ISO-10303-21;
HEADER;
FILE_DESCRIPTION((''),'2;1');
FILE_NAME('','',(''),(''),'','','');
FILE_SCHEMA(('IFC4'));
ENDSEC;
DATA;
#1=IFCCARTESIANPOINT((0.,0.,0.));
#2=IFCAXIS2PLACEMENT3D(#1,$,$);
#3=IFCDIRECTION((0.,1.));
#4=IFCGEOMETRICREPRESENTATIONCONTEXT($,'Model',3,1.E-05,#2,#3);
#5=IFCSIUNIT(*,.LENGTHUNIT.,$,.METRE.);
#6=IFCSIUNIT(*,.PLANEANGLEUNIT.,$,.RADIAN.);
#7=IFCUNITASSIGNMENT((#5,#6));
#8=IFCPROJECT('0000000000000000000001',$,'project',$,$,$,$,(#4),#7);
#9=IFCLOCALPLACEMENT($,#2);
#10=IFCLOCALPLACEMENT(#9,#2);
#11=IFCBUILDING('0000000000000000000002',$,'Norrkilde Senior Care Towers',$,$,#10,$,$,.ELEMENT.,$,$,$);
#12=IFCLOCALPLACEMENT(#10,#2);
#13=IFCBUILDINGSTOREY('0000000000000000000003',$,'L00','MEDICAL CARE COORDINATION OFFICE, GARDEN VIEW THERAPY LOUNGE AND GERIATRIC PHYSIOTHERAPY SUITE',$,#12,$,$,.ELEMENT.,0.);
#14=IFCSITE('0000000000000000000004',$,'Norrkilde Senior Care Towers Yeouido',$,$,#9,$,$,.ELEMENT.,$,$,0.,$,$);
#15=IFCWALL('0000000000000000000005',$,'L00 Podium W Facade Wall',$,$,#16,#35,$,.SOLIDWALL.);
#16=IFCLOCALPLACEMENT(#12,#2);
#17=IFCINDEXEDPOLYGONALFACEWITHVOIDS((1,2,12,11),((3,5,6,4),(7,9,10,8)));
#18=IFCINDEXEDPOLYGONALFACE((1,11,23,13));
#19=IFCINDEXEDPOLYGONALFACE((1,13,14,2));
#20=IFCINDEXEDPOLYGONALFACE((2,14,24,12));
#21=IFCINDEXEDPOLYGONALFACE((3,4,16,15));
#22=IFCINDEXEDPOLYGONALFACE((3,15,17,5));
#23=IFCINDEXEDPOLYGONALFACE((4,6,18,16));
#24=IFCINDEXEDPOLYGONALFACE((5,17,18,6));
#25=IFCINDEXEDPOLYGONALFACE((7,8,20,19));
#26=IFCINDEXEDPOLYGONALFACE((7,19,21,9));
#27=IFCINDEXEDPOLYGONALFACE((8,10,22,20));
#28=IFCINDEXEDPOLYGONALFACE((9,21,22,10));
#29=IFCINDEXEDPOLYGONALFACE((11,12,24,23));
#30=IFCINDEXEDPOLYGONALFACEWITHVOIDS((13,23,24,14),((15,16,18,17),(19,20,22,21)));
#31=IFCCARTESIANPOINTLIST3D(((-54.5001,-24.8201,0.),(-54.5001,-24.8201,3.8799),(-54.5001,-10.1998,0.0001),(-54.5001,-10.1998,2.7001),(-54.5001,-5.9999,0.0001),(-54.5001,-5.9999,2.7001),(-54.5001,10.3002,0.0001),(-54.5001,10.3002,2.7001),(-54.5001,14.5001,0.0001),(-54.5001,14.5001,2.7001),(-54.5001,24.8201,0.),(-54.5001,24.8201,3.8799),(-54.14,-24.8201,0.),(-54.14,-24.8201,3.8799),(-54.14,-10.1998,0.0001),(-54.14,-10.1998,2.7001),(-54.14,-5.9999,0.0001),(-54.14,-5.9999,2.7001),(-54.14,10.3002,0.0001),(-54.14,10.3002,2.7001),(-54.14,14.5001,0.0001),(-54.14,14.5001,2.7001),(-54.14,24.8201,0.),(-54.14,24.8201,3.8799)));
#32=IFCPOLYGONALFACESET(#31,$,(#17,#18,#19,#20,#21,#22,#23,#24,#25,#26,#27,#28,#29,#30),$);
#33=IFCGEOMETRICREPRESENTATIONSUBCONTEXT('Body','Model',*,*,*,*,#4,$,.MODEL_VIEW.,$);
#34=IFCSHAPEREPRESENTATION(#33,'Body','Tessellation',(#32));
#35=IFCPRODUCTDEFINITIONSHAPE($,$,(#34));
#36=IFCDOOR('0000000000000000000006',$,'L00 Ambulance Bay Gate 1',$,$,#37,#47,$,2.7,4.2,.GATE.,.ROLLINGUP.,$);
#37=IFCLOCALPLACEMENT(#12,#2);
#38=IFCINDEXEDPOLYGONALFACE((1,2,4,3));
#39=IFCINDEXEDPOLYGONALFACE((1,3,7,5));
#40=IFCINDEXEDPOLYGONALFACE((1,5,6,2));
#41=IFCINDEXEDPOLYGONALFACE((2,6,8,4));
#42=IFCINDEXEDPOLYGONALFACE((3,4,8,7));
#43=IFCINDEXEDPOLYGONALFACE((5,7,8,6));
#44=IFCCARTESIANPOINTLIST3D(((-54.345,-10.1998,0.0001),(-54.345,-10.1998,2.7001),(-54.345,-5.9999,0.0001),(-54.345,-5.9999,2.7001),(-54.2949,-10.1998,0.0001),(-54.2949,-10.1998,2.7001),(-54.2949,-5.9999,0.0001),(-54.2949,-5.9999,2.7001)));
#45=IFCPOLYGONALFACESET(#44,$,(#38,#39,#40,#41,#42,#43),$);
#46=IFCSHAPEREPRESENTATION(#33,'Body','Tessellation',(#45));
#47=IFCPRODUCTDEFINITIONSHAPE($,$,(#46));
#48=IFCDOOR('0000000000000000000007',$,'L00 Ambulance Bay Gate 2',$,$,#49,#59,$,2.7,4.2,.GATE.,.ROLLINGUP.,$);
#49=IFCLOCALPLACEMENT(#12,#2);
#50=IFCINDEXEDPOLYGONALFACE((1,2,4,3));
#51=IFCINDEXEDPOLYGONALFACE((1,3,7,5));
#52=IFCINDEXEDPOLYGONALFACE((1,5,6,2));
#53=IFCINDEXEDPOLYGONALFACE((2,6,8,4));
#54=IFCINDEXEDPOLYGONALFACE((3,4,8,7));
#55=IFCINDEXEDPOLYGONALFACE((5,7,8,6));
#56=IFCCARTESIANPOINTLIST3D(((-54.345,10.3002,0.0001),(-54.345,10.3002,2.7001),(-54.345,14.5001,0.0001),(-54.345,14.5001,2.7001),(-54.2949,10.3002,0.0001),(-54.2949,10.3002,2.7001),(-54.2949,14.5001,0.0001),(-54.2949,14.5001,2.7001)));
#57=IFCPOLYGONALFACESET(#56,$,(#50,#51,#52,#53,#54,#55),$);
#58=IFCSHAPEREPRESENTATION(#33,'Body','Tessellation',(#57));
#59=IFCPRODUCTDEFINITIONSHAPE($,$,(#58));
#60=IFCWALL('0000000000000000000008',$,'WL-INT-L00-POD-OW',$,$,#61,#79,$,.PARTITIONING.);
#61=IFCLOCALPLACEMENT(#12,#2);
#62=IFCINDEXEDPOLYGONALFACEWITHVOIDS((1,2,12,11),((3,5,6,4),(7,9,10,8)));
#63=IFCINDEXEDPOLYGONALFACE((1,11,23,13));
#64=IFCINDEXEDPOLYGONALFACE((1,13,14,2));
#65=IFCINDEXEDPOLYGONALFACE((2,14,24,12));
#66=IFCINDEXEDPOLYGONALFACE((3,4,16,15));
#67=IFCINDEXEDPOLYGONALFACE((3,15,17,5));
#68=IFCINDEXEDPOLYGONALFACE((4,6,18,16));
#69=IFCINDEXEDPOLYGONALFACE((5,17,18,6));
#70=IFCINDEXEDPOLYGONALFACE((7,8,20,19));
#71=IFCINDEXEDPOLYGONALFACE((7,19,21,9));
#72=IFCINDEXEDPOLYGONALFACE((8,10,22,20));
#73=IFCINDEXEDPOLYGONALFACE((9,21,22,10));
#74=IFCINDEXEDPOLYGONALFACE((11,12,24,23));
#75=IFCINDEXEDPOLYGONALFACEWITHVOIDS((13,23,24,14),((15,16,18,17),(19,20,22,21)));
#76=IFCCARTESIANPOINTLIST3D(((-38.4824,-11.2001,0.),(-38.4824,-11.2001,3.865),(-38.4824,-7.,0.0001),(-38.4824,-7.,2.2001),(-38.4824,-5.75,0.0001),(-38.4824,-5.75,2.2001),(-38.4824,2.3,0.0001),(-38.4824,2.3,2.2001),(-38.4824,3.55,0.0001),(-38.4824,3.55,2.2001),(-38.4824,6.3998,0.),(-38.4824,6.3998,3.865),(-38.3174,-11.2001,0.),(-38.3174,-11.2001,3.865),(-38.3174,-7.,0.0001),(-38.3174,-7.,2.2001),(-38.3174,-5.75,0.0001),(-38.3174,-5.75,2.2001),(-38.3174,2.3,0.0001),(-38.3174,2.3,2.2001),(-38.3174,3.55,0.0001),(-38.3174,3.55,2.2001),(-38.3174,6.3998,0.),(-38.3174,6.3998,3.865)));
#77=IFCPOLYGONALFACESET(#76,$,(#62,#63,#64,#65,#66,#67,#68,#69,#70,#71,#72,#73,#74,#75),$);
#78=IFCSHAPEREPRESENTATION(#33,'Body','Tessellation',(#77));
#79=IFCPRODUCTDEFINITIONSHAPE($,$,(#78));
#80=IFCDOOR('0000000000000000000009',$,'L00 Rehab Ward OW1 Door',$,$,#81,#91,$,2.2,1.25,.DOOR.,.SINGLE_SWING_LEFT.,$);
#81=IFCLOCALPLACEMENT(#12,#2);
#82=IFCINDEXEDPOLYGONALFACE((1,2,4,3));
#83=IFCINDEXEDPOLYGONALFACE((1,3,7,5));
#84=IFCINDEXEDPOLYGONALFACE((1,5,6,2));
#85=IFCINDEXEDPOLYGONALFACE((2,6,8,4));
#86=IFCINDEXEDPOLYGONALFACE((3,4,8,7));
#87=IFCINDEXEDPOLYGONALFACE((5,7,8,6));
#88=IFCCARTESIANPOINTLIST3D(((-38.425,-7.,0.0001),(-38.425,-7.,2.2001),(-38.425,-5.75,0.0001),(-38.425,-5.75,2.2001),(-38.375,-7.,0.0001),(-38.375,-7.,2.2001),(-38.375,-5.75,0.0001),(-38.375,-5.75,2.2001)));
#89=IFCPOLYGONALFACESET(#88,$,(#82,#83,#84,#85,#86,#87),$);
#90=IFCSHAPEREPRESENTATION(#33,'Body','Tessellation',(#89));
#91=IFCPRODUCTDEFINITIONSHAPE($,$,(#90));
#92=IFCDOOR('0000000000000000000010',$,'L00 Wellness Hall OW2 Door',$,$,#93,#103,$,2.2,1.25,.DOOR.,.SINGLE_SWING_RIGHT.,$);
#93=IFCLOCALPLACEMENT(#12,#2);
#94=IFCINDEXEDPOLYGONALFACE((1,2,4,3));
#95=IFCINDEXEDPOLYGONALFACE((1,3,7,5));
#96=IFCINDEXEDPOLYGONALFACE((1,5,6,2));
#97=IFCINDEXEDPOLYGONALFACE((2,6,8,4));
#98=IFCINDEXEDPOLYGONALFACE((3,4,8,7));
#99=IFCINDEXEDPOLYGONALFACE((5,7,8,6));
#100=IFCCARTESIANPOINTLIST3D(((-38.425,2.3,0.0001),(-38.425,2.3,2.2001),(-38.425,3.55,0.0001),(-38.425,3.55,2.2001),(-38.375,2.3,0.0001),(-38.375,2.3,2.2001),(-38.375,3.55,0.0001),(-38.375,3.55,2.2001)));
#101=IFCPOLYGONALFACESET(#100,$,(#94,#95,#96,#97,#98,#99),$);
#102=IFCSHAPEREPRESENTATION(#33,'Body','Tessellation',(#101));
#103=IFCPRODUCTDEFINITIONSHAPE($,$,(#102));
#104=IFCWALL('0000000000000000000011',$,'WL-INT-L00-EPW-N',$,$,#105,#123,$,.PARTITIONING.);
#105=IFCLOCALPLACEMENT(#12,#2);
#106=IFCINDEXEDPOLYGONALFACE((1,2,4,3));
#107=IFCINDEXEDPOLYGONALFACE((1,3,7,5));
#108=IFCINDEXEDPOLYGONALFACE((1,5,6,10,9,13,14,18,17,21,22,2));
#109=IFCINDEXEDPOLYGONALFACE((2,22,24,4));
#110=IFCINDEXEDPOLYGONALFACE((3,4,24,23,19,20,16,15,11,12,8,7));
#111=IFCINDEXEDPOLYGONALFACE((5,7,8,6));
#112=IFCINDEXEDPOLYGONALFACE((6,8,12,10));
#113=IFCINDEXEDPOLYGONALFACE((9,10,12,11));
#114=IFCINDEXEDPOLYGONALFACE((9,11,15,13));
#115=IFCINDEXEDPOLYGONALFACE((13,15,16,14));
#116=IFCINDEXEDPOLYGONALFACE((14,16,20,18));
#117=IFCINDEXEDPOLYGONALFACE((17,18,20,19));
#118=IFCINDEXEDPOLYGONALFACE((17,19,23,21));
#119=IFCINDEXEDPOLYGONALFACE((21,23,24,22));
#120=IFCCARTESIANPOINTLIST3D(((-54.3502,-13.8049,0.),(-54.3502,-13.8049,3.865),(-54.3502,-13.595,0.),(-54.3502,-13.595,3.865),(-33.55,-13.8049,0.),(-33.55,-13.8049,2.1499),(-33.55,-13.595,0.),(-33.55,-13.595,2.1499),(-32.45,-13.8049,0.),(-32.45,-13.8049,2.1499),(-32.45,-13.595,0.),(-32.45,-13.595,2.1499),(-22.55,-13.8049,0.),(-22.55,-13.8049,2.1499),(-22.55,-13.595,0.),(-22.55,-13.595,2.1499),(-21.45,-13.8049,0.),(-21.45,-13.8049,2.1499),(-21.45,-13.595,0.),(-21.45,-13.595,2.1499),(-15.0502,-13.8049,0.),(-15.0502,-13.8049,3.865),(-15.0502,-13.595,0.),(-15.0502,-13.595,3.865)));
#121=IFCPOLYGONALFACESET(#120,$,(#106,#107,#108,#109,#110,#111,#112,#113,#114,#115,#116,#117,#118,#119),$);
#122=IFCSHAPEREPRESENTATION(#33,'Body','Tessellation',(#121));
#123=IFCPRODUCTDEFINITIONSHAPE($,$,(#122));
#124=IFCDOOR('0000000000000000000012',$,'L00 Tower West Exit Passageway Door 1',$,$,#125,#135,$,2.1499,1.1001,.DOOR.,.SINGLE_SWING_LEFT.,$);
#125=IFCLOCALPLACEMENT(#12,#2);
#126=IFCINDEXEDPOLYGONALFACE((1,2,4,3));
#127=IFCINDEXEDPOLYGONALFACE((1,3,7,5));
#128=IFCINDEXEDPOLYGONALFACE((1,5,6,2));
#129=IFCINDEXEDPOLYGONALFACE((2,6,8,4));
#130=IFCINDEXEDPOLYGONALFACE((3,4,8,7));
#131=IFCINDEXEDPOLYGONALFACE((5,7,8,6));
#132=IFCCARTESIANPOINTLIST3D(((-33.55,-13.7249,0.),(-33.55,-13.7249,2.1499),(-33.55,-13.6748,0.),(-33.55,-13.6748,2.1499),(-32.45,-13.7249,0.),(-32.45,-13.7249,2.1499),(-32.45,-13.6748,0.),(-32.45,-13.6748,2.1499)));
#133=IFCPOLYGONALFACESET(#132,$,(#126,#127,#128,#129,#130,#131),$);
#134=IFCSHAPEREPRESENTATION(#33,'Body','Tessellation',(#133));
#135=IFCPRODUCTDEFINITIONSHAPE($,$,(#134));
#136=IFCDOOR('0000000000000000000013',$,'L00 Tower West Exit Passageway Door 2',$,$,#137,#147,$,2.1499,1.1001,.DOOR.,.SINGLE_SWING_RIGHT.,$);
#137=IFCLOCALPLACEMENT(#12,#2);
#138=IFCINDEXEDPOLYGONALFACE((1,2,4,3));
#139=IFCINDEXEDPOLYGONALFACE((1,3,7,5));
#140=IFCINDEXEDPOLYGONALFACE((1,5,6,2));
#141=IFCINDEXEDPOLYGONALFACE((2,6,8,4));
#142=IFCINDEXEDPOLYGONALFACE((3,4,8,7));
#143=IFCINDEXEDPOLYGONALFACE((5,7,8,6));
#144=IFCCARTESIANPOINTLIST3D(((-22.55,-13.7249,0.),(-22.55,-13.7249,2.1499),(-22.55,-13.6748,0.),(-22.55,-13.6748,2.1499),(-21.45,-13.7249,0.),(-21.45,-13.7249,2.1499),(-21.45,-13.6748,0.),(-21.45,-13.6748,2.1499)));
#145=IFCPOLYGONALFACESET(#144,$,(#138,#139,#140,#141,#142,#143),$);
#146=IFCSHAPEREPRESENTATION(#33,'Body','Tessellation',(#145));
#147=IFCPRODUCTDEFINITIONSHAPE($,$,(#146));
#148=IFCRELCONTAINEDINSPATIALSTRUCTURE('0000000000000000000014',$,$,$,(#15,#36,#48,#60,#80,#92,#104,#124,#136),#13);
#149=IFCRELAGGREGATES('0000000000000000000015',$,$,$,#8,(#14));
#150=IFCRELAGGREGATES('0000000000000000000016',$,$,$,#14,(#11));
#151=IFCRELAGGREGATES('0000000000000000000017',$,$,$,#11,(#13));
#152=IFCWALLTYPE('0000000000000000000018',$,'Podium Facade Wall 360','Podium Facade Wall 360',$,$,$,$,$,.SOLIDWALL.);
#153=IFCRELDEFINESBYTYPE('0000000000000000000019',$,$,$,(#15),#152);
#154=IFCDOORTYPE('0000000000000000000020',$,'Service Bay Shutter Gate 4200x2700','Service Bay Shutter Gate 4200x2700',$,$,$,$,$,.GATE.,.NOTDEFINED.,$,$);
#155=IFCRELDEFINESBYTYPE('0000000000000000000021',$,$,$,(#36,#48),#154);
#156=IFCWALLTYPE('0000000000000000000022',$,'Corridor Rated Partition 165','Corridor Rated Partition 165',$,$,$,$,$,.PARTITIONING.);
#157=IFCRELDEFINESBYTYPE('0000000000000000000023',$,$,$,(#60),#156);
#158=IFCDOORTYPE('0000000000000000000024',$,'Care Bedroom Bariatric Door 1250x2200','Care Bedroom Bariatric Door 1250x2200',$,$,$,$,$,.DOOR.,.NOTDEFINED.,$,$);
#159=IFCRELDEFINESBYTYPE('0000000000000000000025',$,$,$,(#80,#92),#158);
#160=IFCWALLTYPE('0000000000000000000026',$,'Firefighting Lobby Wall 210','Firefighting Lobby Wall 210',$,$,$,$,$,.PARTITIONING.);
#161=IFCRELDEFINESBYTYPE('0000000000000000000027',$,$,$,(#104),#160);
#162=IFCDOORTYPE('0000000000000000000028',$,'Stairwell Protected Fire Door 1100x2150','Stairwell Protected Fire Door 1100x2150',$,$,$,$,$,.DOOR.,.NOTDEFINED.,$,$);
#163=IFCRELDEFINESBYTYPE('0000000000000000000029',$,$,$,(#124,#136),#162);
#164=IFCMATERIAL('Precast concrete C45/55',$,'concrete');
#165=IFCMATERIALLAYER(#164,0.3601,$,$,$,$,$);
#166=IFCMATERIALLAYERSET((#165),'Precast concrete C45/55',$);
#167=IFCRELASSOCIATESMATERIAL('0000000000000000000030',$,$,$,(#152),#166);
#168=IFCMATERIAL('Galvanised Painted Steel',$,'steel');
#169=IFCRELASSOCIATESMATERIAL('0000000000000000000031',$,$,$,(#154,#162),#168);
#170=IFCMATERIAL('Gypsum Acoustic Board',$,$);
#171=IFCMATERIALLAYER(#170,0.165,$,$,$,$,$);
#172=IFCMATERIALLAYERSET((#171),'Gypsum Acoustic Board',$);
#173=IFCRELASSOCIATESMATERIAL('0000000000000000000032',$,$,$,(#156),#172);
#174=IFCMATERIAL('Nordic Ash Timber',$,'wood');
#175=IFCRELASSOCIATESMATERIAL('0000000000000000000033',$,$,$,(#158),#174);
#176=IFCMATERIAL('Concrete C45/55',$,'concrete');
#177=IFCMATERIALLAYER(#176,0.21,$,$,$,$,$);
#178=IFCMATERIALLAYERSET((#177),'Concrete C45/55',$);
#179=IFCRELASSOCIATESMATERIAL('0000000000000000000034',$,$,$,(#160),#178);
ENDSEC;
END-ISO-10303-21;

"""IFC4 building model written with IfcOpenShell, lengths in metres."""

from ifc_helpers import new_model, si_unit, direction, frame, frame_2d, origin, place, context, subcontext, project, spatial, rectangle, extrude, source, transform, mapped, material, layer, layer_set, type_object, type_shapes, element, fill, save


model = new_model("IFC4")

# Units and contexts
model_context = context("Model", 3, precision=1e-05, world=origin(), true_north=direction((0.0, 1.0)))
body_context = subcontext(model_context, "Body", "Model", "MODEL_VIEW")
ifc_project = project(units=[si_unit("LENGTHUNIT", "METRE"), si_unit("PLANEANGLEUNIT", "RADIAN")], contexts=[model_context])

# Site, building, storey
site_placement = place(None, origin())
site = spatial("IfcSite", under=ifc_project, at=site_placement, Name="Norrkilde Senior Care Towers Yeouido", CompositionType="ELEMENT", RefElevation=0.0)
building_placement = place(site_placement, origin())
building = spatial("IfcBuilding", under=site, at=building_placement, Name="Norrkilde Senior Care Towers", CompositionType="ELEMENT")
storey_placement = place(building_placement, origin())
storey = spatial("IfcBuildingStorey", under=building, at=storey_placement, Name="L00", Description="MEDICAL CARE COORDINATION OFFICE, GARDEN VIEW THERAPY LOUNGE AND GERIATRIC PHYSIOTHERAPY SUITE", CompositionType="ELEMENT", Elevation=0.0)

# Walls, openings, doors
ifc_material_1 = material(Name="Precast concrete C45/55", Category="concrete")
ifc_layer_1 = layer(ifc_material_1, 0.3601)
ifc_layer_set_1 = layer_set([ifc_layer_1], Name="Precast concrete C45/55")
wall_type_1 = type_object("IfcWallType", Name="Podium Facade Wall 360", Description="Podium Facade Wall 360", PredefinedType="SOLIDWALL", material=ifc_layer_set_1)
shared_shape_1 = source(origin(), body_context, "Body", "SweptSolid", [
    extrude(rectangle(XDim=49.6401, YDim=0.3601, at=frame_2d((24.8201, 0.0))), origin(), (0.0, 0.0, 1.0), 3.8799),
])
type_shapes(wall_type_1, [shared_shape_1])
wall_1_placement = place(storey_placement, frame((-54.3201, -24.8201, 0.0), z_axis=(0.0, 0.0, 1.0), x_axis=(0.0, 1.0, 0.0)))
wall_1 = element("IfcWall", 1, at=wall_1_placement, inside=storey, type_object=wall_type_1, Name="L00 Podium W Facade Wall", PredefinedType="SOLIDWALL", context=body_context, shape_type="MappedRepresentation", body=[
    mapped(shared_shape_1, transform((0.0, 0.0, 0.0), x_axis=(1.0, 0.0, 0.0), y_axis=(0.0, 1.0, 0.0), z_axis=(0.0, 0.0, 1.0), scale=1.0)),
])
opening_1_placement = place(wall_1_placement, frame((14.6201, 0.0, 0.0)))
opening_1 = element("IfcOpeningElement", 2, at=opening_1_placement, cuts=wall_1, PredefinedType="OPENING", context=body_context, shape_type="SweptSolid", body=[
    extrude(rectangle(XDim=4.2, YDim=2.7, at=frame_2d((2.1001, 1.3501))), frame((0.0, 0.1899, 0.0), z_axis=(0.0, -1.0, 0.0), x_axis=(1.0, 0.0, 0.0)), (0.0, 0.0, 1.0), 0.3801),
])
opening_2_placement = place(wall_1_placement, frame((35.1201, 0.0, 0.0)))
opening_2 = element("IfcOpeningElement", 3, at=opening_2_placement, cuts=wall_1, PredefinedType="OPENING", context=body_context, shape_type="SweptSolid", body=[
    extrude(rectangle(XDim=4.2, YDim=2.7, at=frame_2d((2.1001, 1.3501))), frame((0.0, 0.1899, 0.0), z_axis=(0.0, -1.0, 0.0), x_axis=(1.0, 0.0, 0.0)), (0.0, 0.0, 1.0), 0.3801),
])
ifc_material_2 = material(Name="Galvanised Painted Steel", Category="steel")
door_type_1 = type_object("IfcDoorType", Name="Service Bay Shutter Gate 4200x2700", Description="Service Bay Shutter Gate 4200x2700", OperationType="NOTDEFINED", PredefinedType="GATE", material=ifc_material_2)
shared_shape_2 = source(origin(), body_context, "Body", "SweptSolid", [
    extrude(rectangle(XDim=4.2, YDim=2.7, at=frame_2d((2.1001, 1.3501))), frame((0.0, 0.0249, 0.0), z_axis=(0.0, -1.0, 0.0), x_axis=(1.0, 0.0, 0.0)), (0.0, 0.0, 1.0), 0.05),
])
type_shapes(door_type_1, [shared_shape_2])
door_1_placement = place(opening_1_placement, origin())
door_1 = element("IfcDoor", 4, at=door_1_placement, inside=storey, type_object=door_type_1, Name="L00 Ambulance Bay Gate 1", OperationType="ROLLINGUP", OverallHeight=2.7, OverallWidth=4.2, PredefinedType="GATE", context=body_context, shape_type="MappedRepresentation", body=[
    mapped(shared_shape_2, transform((0.0, 0.0, 0.0), x_axis=(1.0, 0.0, 0.0), y_axis=(0.0, 1.0, 0.0), z_axis=(0.0, 0.0, 1.0), scale=1.0)),
])
fill(opening_1, door_1)
door_2_placement = place(opening_2_placement, origin())
door_2 = element("IfcDoor", 5, at=door_2_placement, inside=storey, type_object=door_type_1, Name="L00 Ambulance Bay Gate 2", OperationType="ROLLINGUP", OverallHeight=2.7, OverallWidth=4.2, PredefinedType="GATE", context=body_context, shape_type="MappedRepresentation", body=[
    mapped(shared_shape_2, transform((0.0, 0.0, 0.0), x_axis=(1.0, 0.0, 0.0), y_axis=(0.0, 1.0, 0.0), z_axis=(0.0, 0.0, 1.0), scale=1.0)),
])
fill(opening_2, door_2)
ifc_material_3 = material(Name="Gypsum Acoustic Board")
ifc_layer_2 = layer(ifc_material_3, 0.165)
ifc_layer_set_2 = layer_set([ifc_layer_2], Name="Gypsum Acoustic Board")
wall_type_2 = type_object("IfcWallType", Name="Corridor Rated Partition 165", Description="Corridor Rated Partition 165", PredefinedType="PARTITIONING", material=ifc_layer_set_2)
shared_shape_3 = source(origin(), body_context, "Body", "SweptSolid", [
    extrude(rectangle(XDim=17.5999, YDim=0.165, at=frame_2d((8.7998, 0.0))), origin(), (0.0, 0.0, 1.0), 3.865),
])
type_shapes(wall_type_2, [shared_shape_3])
wall_2_placement = place(storey_placement, frame((-38.3999, -11.2, 0.0), z_axis=(0.0, 0.0, 1.0), x_axis=(0.0, 1.0, 0.0)))
wall_2 = element("IfcWall", 6, at=wall_2_placement, inside=storey, type_object=wall_type_2, Name="WL-INT-L00-POD-OW", PredefinedType="PARTITIONING", context=body_context, shape_type="MappedRepresentation", body=[
    mapped(shared_shape_3, transform((0.0, 0.0, 0.0), x_axis=(1.0, 0.0, 0.0), y_axis=(0.0, 1.0, 0.0), z_axis=(0.0, 0.0, 1.0), scale=1.0)),
])
opening_3_placement = place(wall_2_placement, frame((4.2, 0.0, 0.0)))
opening_3 = element("IfcOpeningElement", 7, at=opening_3_placement, cuts=wall_2, PredefinedType="OPENING", context=body_context, shape_type="SweptSolid", body=[
    extrude(rectangle(XDim=1.25, YDim=2.2, at=frame_2d((0.625, 1.1001))), frame((0.0, 0.0925, 0.0), z_axis=(0.0, -1.0, 0.0), x_axis=(1.0, 0.0, 0.0)), (0.0, 0.0, 1.0), 0.1851),
])
opening_4_placement = place(wall_2_placement, frame((13.5, 0.0, 0.0)))
opening_4 = element("IfcOpeningElement", 8, at=opening_4_placement, cuts=wall_2, PredefinedType="OPENING", context=body_context, shape_type="SweptSolid", body=[
    extrude(rectangle(XDim=1.25, YDim=2.2, at=frame_2d((0.625, 1.1001))), frame((0.0, 0.0925, 0.0), z_axis=(0.0, -1.0, 0.0), x_axis=(1.0, 0.0, 0.0)), (0.0, 0.0, 1.0), 0.1851),
])
ifc_material_4 = material(Name="Nordic Ash Timber", Category="wood")
door_type_2 = type_object("IfcDoorType", Name="Care Bedroom Bariatric Door 1250x2200", Description="Care Bedroom Bariatric Door 1250x2200", OperationType="NOTDEFINED", PredefinedType="DOOR", material=ifc_material_4)
shared_shape_4 = source(origin(), body_context, "Body", "SweptSolid", [
    extrude(rectangle(XDim=1.25, YDim=2.2, at=frame_2d((0.625, 1.1001))), frame((0.0, 0.0249, 0.0), z_axis=(0.0, -1.0, 0.0), x_axis=(1.0, 0.0, 0.0)), (0.0, 0.0, 1.0), 0.05),
])
type_shapes(door_type_2, [shared_shape_4])
door_3_placement = place(opening_3_placement, frame((1.25, 0.0, 0.0), z_axis=(0.0, 0.0, 1.0), x_axis=(-1.0, 0.0, 0.0)))
door_3 = element("IfcDoor", 9, at=door_3_placement, inside=storey, type_object=door_type_2, Name="L00 Rehab Ward OW1 Door", OperationType="SINGLE_SWING_LEFT", OverallHeight=2.2, OverallWidth=1.25, PredefinedType="DOOR", context=body_context, shape_type="MappedRepresentation", body=[
    mapped(shared_shape_4, transform((0.0, 0.0, 0.0), x_axis=(1.0, 0.0, 0.0), y_axis=(0.0, 1.0, 0.0), z_axis=(0.0, 0.0, 1.0), scale=1.0)),
])
fill(opening_3, door_3)
door_4_placement = place(opening_4_placement, frame((1.25, 0.0, 0.0), z_axis=(0.0, 0.0, 1.0), x_axis=(-1.0, 0.0, 0.0)))
door_4 = element("IfcDoor", 10, at=door_4_placement, inside=storey, type_object=door_type_2, Name="L00 Wellness Hall OW2 Door", OperationType="SINGLE_SWING_RIGHT", OverallHeight=2.2, OverallWidth=1.25, PredefinedType="DOOR", context=body_context, shape_type="MappedRepresentation", body=[
    mapped(shared_shape_4, transform((0.0, 0.0, 0.0), x_axis=(1.0, 0.0, 0.0), y_axis=(0.0, 1.0, 0.0), z_axis=(0.0, 0.0, 1.0), scale=1.0)),
])
fill(opening_4, door_4)
ifc_material_5 = material(Name="Concrete C45/55", Category="concrete")
ifc_layer_3 = layer(ifc_material_5, 0.21)
ifc_layer_set_3 = layer_set([ifc_layer_3], Name="Concrete C45/55")
wall_type_3 = type_object("IfcWallType", Name="Firefighting Lobby Wall 210", Description="Firefighting Lobby Wall 210", PredefinedType="PARTITIONING", material=ifc_layer_set_3)
shared_shape_5 = source(origin(), body_context, "Body", "SweptSolid", [
    extrude(rectangle(XDim=39.3, YDim=0.21, at=frame_2d((19.6499, 0.0))), origin(), (0.0, 0.0, 1.0), 3.865),
])
type_shapes(wall_type_3, [shared_shape_5])
wall_3_placement = place(storey_placement, frame((-54.3501, -13.7, 0.0), z_axis=(0.0, 0.0, 1.0), x_axis=(1.0, 0.0, 0.0)))
wall_3 = element("IfcWall", 11, at=wall_3_placement, inside=storey, type_object=wall_type_3, Name="WL-INT-L00-EPW-N", PredefinedType="PARTITIONING", context=body_context, shape_type="MappedRepresentation", body=[
    mapped(shared_shape_5, transform((0.0, 0.0, 0.0), x_axis=(1.0, 0.0, 0.0), y_axis=(0.0, 1.0, 0.0), z_axis=(0.0, 0.0, 1.0), scale=1.0)),
])
opening_5_placement = place(wall_3_placement, frame((20.8, 0.0, 0.0)))
opening_5 = element("IfcOpeningElement", 12, at=opening_5_placement, cuts=wall_3, PredefinedType="OPENING", context=body_context, shape_type="SweptSolid", body=[
    extrude(rectangle(XDim=1.1001, YDim=2.1499, at=frame_2d((0.55, 1.075))), frame((0.0, 0.115, 0.0), z_axis=(0.0, -1.0, 0.0), x_axis=(1.0, 0.0, 0.0)), (0.0, 0.0, 1.0), 0.23),
])
opening_6_placement = place(wall_3_placement, frame((31.8, 0.0, 0.0)))
opening_6 = element("IfcOpeningElement", 13, at=opening_6_placement, cuts=wall_3, PredefinedType="OPENING", context=body_context, shape_type="SweptSolid", body=[
    extrude(rectangle(XDim=1.1001, YDim=2.1499, at=frame_2d((0.55, 1.075))), frame((0.0, 0.115, 0.0), z_axis=(0.0, -1.0, 0.0), x_axis=(1.0, 0.0, 0.0)), (0.0, 0.0, 1.0), 0.23),
])
door_type_3 = type_object("IfcDoorType", Name="Stairwell Protected Fire Door 1100x2150", Description="Stairwell Protected Fire Door 1100x2150", OperationType="NOTDEFINED", PredefinedType="DOOR", material=ifc_material_2)
shared_shape_6 = source(origin(), body_context, "Body", "SweptSolid", [
    extrude(rectangle(XDim=1.1001, YDim=2.1499, at=frame_2d((0.55, 1.075))), frame((0.0, 0.0249, 0.0), z_axis=(0.0, -1.0, 0.0), x_axis=(1.0, 0.0, 0.0)), (0.0, 0.0, 1.0), 0.05),
])
type_shapes(door_type_3, [shared_shape_6])
door_5_placement = place(opening_5_placement, frame((1.1001, 0.0, 0.0), z_axis=(0.0, 0.0, 1.0), x_axis=(-1.0, 0.0, 0.0)))
door_5 = element("IfcDoor", 14, at=door_5_placement, inside=storey, type_object=door_type_3, Name="L00 Tower West Exit Passageway Door 1", OperationType="SINGLE_SWING_LEFT", OverallHeight=2.1499, OverallWidth=1.1001, PredefinedType="DOOR", context=body_context, shape_type="MappedRepresentation", body=[
    mapped(shared_shape_6, transform((0.0, 0.0, 0.0), x_axis=(1.0, 0.0, 0.0), y_axis=(0.0, 1.0, 0.0), z_axis=(0.0, 0.0, 1.0), scale=1.0)),
])
fill(opening_5, door_5)
door_6_placement = place(opening_6_placement, frame((1.1001, 0.0, 0.0), z_axis=(0.0, 0.0, 1.0), x_axis=(-1.0, 0.0, 0.0)))
door_6 = element("IfcDoor", 15, at=door_6_placement, inside=storey, type_object=door_type_3, Name="L00 Tower West Exit Passageway Door 2", OperationType="SINGLE_SWING_RIGHT", OverallHeight=2.1499, OverallWidth=1.1001, PredefinedType="DOOR", context=body_context, shape_type="MappedRepresentation", body=[
    mapped(shared_shape_6, transform((0.0, 0.0, 0.0), x_axis=(1.0, 0.0, 0.0), y_axis=(0.0, 1.0, 0.0), z_axis=(0.0, 0.0, 1.0), scale=1.0)),
])
fill(opening_6, door_6)

save(model, "model.ifc")
